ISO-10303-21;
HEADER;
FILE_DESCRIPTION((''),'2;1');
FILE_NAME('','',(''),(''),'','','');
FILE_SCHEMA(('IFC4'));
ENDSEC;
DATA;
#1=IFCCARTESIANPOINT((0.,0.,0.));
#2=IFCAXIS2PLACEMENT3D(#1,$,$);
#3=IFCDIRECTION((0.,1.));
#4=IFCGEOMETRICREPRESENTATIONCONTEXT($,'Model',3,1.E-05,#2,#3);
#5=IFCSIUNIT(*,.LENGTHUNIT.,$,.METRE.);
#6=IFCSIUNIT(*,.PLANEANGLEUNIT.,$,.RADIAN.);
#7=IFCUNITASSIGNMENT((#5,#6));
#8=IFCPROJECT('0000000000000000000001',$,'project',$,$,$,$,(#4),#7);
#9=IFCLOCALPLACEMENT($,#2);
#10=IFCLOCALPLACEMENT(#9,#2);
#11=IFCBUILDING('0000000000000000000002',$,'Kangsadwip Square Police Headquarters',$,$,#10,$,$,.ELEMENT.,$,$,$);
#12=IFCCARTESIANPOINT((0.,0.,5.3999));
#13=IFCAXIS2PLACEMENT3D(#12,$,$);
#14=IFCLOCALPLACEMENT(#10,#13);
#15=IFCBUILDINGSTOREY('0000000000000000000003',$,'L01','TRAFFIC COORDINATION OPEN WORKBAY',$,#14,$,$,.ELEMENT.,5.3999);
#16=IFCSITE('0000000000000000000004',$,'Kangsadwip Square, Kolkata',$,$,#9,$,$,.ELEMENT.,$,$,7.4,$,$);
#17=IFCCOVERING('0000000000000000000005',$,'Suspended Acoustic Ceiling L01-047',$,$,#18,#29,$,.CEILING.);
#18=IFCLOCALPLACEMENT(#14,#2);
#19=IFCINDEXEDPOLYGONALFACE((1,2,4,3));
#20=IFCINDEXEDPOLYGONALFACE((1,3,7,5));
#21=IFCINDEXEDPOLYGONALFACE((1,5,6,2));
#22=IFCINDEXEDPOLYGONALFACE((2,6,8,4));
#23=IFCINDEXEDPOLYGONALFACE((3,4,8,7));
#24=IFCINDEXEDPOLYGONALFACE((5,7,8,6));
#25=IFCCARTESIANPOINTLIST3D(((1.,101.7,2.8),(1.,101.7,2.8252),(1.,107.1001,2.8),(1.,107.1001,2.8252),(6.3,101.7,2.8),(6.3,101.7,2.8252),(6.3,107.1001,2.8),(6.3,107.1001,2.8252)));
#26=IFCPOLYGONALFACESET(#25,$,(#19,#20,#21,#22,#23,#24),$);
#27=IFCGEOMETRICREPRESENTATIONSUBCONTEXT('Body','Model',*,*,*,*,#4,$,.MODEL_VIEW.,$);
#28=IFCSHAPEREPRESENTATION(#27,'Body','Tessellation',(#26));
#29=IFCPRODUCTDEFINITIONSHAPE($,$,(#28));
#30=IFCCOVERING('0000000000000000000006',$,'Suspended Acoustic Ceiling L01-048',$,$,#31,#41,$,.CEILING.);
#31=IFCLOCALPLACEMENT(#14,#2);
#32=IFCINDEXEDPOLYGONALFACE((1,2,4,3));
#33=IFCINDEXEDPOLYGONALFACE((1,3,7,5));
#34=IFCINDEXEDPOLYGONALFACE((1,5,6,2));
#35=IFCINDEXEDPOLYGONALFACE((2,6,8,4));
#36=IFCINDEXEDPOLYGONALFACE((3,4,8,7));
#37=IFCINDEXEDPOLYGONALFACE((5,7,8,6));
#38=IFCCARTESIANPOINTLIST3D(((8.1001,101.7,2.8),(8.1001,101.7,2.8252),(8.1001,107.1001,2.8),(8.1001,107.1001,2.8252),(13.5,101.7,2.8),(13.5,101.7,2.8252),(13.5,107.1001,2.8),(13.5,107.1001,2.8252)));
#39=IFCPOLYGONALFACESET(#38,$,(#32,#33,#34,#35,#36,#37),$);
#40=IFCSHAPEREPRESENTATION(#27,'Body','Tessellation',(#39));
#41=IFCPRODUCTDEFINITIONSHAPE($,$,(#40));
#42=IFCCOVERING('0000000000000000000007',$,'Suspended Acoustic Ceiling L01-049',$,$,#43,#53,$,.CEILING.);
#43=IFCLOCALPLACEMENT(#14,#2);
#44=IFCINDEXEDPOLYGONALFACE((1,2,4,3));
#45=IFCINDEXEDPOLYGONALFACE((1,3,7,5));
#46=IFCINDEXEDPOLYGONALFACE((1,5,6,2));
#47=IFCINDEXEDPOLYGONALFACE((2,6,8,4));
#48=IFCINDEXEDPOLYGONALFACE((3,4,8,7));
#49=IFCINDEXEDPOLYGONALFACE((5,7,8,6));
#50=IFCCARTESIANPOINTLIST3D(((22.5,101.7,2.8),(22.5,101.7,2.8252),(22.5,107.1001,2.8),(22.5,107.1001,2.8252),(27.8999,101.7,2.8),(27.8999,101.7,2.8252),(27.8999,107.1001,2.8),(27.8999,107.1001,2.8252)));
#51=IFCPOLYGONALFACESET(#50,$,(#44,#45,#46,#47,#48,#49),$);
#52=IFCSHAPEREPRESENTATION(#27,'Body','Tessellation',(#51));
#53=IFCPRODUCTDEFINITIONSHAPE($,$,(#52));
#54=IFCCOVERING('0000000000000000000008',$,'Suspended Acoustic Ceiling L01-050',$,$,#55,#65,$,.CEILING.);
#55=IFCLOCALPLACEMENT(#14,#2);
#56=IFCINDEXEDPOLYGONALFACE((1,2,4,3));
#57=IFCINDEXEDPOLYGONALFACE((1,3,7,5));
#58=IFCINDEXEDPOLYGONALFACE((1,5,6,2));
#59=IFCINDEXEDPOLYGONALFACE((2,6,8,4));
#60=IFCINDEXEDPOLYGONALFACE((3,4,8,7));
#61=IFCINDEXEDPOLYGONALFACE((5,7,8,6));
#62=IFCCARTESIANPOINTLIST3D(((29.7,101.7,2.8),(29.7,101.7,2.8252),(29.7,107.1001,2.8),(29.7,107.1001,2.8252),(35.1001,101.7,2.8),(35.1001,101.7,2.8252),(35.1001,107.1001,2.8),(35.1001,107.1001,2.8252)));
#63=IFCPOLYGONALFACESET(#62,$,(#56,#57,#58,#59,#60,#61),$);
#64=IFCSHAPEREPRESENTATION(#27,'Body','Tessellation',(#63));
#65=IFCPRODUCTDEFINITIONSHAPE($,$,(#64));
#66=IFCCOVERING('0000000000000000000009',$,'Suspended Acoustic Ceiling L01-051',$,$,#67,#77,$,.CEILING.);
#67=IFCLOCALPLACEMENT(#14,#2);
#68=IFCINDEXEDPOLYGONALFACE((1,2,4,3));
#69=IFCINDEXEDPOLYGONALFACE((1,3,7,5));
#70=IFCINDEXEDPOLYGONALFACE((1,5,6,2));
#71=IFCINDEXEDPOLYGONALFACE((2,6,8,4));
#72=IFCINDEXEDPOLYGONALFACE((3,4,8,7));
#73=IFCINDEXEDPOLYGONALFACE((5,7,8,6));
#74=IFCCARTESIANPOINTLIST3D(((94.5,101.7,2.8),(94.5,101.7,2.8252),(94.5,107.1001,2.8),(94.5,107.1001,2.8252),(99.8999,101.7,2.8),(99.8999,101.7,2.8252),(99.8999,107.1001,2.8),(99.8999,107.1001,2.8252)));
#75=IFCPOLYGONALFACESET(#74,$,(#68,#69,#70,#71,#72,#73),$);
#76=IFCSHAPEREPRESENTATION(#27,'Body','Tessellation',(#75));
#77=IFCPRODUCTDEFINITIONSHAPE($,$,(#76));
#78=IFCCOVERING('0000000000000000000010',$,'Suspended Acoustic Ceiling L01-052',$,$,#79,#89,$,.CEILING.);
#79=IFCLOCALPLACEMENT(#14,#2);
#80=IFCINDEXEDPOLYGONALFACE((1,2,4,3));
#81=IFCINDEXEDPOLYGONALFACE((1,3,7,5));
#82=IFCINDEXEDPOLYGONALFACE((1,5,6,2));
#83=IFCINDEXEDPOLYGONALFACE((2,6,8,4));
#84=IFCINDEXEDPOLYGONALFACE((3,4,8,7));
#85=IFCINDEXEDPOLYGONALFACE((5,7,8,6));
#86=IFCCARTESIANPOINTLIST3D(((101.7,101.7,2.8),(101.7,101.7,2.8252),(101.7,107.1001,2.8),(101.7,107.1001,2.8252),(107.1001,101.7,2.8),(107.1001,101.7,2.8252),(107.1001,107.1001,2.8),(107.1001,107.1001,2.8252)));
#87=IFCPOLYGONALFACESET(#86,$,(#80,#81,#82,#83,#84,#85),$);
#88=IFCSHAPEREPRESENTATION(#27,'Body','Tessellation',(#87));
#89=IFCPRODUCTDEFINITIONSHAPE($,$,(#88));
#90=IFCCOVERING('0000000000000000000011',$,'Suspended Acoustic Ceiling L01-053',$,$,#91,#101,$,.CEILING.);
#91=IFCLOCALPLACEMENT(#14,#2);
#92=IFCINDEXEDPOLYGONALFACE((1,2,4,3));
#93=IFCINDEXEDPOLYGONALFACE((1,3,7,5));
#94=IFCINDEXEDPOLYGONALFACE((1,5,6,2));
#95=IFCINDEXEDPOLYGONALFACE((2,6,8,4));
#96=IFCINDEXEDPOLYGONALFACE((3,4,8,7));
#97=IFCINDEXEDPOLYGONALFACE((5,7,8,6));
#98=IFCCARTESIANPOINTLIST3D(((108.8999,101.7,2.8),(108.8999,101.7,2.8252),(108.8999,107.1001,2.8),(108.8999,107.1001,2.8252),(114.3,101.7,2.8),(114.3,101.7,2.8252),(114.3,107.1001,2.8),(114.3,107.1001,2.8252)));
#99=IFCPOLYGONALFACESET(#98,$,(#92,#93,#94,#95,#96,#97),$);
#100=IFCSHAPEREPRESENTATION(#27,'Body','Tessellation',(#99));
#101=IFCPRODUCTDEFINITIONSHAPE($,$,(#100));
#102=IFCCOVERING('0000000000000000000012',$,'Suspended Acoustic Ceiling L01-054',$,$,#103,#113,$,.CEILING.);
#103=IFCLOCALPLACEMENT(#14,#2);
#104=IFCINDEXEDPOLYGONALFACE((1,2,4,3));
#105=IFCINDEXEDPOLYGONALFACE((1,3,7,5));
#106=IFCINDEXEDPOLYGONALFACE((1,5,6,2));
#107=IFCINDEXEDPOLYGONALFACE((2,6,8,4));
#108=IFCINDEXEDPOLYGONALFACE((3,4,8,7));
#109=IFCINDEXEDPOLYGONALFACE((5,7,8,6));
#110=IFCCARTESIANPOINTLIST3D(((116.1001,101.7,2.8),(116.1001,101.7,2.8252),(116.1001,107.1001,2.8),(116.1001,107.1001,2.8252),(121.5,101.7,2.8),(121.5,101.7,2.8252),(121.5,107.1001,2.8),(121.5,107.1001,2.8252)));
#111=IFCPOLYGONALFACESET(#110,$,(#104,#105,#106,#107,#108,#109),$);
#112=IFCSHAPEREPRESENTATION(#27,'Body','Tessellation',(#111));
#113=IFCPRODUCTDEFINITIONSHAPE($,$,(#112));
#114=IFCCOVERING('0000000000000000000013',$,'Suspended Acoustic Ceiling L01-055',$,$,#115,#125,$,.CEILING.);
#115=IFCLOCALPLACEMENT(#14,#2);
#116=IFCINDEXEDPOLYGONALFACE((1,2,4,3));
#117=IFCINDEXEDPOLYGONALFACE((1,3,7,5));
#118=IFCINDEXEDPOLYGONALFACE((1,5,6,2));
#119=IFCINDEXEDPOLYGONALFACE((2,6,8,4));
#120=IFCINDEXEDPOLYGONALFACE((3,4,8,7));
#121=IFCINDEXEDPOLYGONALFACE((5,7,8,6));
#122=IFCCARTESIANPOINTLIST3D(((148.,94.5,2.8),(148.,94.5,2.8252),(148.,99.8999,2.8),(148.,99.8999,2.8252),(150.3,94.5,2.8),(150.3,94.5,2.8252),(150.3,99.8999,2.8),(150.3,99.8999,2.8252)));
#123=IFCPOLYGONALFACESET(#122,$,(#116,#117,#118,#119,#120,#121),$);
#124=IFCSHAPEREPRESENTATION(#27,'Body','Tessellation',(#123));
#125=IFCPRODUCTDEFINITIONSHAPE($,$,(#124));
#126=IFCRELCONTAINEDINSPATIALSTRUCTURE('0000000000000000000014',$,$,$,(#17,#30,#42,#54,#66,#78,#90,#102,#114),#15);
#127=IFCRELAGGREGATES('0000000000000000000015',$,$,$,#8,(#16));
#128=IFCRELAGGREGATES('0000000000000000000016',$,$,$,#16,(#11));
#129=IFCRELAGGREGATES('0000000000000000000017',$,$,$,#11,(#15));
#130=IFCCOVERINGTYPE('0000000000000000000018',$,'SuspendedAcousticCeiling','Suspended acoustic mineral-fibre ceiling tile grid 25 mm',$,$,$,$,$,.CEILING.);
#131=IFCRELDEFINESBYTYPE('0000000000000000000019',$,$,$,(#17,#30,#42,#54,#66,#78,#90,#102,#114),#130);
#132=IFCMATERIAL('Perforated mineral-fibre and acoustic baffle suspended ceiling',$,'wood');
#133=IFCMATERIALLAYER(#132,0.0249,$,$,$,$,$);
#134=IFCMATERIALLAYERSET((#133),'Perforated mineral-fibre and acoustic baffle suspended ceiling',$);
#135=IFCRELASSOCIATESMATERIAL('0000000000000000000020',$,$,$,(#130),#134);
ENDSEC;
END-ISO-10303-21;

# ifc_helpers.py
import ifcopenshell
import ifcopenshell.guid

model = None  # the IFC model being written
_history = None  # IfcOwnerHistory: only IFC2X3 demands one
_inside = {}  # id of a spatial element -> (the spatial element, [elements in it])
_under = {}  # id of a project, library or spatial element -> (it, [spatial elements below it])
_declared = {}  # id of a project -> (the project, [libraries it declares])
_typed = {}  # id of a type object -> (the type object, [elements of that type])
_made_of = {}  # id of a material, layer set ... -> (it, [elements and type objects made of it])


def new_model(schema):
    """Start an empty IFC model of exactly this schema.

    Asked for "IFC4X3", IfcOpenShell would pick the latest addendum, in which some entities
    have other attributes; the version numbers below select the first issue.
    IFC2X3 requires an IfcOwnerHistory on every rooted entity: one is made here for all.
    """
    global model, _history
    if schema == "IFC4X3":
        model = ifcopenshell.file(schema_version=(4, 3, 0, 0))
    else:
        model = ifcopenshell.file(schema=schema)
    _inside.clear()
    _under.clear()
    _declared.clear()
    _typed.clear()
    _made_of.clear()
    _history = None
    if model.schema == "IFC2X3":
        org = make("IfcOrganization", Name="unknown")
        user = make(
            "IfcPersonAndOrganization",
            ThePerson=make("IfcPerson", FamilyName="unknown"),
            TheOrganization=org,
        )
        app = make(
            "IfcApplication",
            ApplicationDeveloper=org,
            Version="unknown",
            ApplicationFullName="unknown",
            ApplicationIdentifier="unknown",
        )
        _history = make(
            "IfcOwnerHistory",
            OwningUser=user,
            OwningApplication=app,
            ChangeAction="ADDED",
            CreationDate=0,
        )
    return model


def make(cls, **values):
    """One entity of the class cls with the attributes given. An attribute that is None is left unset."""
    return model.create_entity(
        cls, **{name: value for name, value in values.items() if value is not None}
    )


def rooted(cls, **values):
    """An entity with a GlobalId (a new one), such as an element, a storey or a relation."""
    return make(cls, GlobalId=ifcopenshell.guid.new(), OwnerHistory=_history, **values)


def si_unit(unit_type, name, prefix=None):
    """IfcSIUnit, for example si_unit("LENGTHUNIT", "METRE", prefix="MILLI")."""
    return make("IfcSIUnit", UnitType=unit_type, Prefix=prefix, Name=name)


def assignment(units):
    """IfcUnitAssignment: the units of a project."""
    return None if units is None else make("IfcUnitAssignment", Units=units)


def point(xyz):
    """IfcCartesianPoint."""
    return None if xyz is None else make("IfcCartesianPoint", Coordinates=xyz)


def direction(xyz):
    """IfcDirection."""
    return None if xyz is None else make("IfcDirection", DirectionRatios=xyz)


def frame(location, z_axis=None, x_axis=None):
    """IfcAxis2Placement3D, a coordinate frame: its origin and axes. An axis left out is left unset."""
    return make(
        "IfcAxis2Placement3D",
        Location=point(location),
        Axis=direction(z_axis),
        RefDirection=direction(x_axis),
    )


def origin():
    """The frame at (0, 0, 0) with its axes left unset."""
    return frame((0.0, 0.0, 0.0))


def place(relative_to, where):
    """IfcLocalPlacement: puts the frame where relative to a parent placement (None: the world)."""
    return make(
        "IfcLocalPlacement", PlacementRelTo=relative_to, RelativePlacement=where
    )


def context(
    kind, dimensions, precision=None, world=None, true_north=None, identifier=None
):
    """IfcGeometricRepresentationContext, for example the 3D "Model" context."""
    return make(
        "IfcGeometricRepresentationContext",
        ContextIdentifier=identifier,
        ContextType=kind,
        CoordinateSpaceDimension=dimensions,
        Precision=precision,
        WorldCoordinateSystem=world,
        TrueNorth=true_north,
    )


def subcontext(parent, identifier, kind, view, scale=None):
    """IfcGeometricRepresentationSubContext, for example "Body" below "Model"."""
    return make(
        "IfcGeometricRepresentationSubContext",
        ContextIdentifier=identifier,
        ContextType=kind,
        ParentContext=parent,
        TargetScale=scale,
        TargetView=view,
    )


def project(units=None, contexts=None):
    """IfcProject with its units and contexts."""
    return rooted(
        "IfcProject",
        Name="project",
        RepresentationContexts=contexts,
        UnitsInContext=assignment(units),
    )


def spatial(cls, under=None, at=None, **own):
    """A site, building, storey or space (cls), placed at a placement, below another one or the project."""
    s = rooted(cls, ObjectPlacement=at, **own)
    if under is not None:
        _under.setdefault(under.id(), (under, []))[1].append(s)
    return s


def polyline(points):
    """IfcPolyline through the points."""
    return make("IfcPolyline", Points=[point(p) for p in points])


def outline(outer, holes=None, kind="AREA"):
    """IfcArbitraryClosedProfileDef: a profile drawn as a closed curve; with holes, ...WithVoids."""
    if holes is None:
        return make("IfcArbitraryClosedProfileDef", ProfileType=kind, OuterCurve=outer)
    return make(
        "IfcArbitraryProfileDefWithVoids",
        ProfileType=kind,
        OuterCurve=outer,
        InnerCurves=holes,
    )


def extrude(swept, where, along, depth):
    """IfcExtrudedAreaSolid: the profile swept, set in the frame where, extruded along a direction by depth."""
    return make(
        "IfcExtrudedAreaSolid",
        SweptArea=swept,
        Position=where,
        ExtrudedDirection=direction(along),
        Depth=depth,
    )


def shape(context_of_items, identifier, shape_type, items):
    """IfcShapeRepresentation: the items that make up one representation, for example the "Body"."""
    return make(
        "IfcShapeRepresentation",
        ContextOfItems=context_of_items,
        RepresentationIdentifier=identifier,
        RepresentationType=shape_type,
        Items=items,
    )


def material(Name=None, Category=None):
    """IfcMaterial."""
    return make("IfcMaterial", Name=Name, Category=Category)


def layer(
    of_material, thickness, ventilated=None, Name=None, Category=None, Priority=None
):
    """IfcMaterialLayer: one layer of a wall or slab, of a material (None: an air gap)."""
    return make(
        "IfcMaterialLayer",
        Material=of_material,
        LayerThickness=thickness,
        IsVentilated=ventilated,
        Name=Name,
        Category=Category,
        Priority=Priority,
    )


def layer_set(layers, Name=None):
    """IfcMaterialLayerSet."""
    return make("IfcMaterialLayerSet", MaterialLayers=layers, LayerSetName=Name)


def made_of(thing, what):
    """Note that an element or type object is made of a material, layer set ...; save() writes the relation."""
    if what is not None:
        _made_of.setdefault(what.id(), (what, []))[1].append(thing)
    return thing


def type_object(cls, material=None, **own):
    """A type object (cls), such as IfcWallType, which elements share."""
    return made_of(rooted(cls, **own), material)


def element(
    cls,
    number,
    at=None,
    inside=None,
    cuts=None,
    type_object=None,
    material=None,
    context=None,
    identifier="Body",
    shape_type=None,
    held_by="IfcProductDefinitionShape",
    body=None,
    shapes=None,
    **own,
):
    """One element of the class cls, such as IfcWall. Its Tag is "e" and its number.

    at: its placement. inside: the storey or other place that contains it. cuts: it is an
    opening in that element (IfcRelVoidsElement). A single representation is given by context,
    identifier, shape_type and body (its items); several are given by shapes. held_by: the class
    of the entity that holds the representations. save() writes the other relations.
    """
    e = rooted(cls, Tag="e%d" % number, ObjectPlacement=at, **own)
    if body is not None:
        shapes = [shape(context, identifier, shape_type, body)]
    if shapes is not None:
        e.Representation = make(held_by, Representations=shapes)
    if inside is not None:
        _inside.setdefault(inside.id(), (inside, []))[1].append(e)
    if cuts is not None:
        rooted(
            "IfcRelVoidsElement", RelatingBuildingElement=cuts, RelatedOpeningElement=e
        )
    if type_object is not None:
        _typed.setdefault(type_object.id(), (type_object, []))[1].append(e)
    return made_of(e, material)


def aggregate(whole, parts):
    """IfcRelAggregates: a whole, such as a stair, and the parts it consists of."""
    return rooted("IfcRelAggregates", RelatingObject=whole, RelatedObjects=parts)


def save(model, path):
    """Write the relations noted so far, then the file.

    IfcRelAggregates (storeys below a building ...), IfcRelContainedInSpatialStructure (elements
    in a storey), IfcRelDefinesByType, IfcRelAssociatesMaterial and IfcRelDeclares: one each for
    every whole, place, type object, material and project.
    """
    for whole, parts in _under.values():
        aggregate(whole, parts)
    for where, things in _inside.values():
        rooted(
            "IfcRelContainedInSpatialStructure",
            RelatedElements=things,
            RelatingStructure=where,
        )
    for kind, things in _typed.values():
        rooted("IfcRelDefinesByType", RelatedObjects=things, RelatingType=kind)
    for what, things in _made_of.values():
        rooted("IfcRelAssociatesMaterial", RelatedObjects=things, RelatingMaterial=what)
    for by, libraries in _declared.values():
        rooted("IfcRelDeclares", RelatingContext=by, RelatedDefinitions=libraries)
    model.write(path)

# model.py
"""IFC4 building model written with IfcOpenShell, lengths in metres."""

from ifc_helpers import new_model, si_unit, direction, frame, origin, place, context, subcontext, project, spatial, polyline, outline, extrude, material, layer, layer_set, type_object, element, save


model = new_model("IFC4")

# Units and contexts
model_context = context("Model", 3, precision=1e-05, world=origin(), true_north=direction((0.0, 1.0)))
body_context = subcontext(model_context, "Body", "Model", "MODEL_VIEW")
ifc_project = project(units=[si_unit("LENGTHUNIT", "METRE"), si_unit("PLANEANGLEUNIT", "RADIAN")], contexts=[model_context])

# Site, building, storey
site_placement = place(None, origin())
site = spatial("IfcSite", under=ifc_project, at=site_placement, Name="Kangsadwip Square, Kolkata", CompositionType="ELEMENT", RefElevation=7.4)
building_placement = place(site_placement, origin())
building = spatial("IfcBuilding", under=site, at=building_placement, Name="Kangsadwip Square Police Headquarters", CompositionType="ELEMENT")
storey_placement = place(building_placement, frame((0.0, 0.0, 5.3999)))
storey = spatial("IfcBuildingStorey", under=building, at=storey_placement, Name="L01", Description="TRAFFIC COORDINATION OPEN WORKBAY", CompositionType="ELEMENT", Elevation=5.3999)

# Coverings
ifc_material_1 = material(Name="Perforated mineral-fibre and acoustic baffle suspended ceiling", Category="wood")
ifc_layer_1 = layer(ifc_material_1, 0.0249)
ifc_layer_set_1 = layer_set([ifc_layer_1], Name="Perforated mineral-fibre and acoustic baffle suspended ceiling")
covering_type_1 = type_object("IfcCoveringType", Name="SuspendedAcousticCeiling", Description="Suspended acoustic mineral-fibre ceiling tile grid 25 mm", PredefinedType="CEILING", material=ifc_layer_set_1)
covering_1_placement = place(storey_placement, frame((0.0, 0.0, 2.8)))
element("IfcCovering", 1, at=covering_1_placement, inside=storey, type_object=covering_type_1, Name="Suspended Acoustic Ceiling L01-047", PredefinedType="CEILING", context=body_context, shape_type="SweptSolid", body=[
    extrude(outline(polyline([(1.0, 101.7), (6.3, 101.7), (6.3, 107.1001), (1.0, 107.1001), (1.0, 101.7)])), origin(), (0.0, 0.0, 1.0), 0.0251),
])
covering_2_placement = place(storey_placement, frame((0.0, 0.0, 2.8)))
element("IfcCovering", 2, at=covering_2_placement, inside=storey, type_object=covering_type_1, Name="Suspended Acoustic Ceiling L01-048", PredefinedType="CEILING", context=body_context, shape_type="SweptSolid", body=[
    extrude(outline(polyline([(8.1001, 101.7), (13.5, 101.7), (13.5, 107.1001), (8.1001, 107.1001), (8.1001, 101.7)])), origin(), (0.0, 0.0, 1.0), 0.0251),
])
covering_3_placement = place(storey_placement, frame((0.0, 0.0, 2.8)))
element("IfcCovering", 3, at=covering_3_placement, inside=storey, type_object=covering_type_1, Name="Suspended Acoustic Ceiling L01-049", PredefinedType="CEILING", context=body_context, shape_type="SweptSolid", body=[
    extrude(outline(polyline([(22.5, 101.7), (27.8999, 101.7), (27.8999, 107.1001), (22.5, 107.1001), (22.5, 101.7)])), origin(), (0.0, 0.0, 1.0), 0.0251),
])
covering_4_placement = place(storey_placement, frame((0.0, 0.0, 2.8)))
element("IfcCovering", 4, at=covering_4_placement, inside=storey, type_object=covering_type_1, Name="Suspended Acoustic Ceiling L01-050", PredefinedType="CEILING", context=body_context, shape_type="SweptSolid", body=[
    extrude(outline(polyline([(29.7, 101.7), (35.1001, 101.7), (35.1001, 107.1001), (29.7, 107.1001), (29.7, 101.7)])), origin(), (0.0, 0.0, 1.0), 0.0251),
])
covering_5_placement = place(storey_placement, frame((0.0, 0.0, 2.8)))
element("IfcCovering", 5, at=covering_5_placement, inside=storey, type_object=covering_type_1, Name="Suspended Acoustic Ceiling L01-051", PredefinedType="CEILING", context=body_context, shape_type="SweptSolid", body=[
    extrude(outline(polyline([(94.5, 101.7), (99.8999, 101.7), (99.8999, 107.1001), (94.5, 107.1001), (94.5, 101.7)])), origin(), (0.0, 0.0, 1.0), 0.0251),
])
covering_6_placement = place(storey_placement, frame((0.0, 0.0, 2.8)))
element("IfcCovering", 6, at=covering_6_placement, inside=storey, type_object=covering_type_1, Name="Suspended Acoustic Ceiling L01-052", PredefinedType="CEILING", context=body_context, shape_type="SweptSolid", body=[
    extrude(outline(polyline([(101.7, 101.7), (107.1001, 101.7), (107.1001, 107.1001), (101.7, 107.1001), (101.7, 101.7)])), origin(), (0.0, 0.0, 1.0), 0.0251),
])
covering_7_placement = place(storey_placement, frame((0.0, 0.0, 2.8)))
element("IfcCovering", 7, at=covering_7_placement, inside=storey, type_object=covering_type_1, Name="Suspended Acoustic Ceiling L01-053", PredefinedType="CEILING", context=body_context, shape_type="SweptSolid", body=[
    extrude(outline(polyline([(108.8999, 101.7), (114.3, 101.7), (114.3, 107.1001), (108.8999, 107.1001), (108.8999, 101.7)])), origin(), (0.0, 0.0, 1.0), 0.0251),
])
covering_8_placement = place(storey_placement, frame((0.0, 0.0, 2.8)))
element("IfcCovering", 8, at=covering_8_placement, inside=storey, type_object=covering_type_1, Name="Suspended Acoustic Ceiling L01-054", PredefinedType="CEILING", context=body_context, shape_type="SweptSolid", body=[
    extrude(outline(polyline([(116.1001, 101.7), (121.5, 101.7), (121.5, 107.1001), (116.1001, 107.1001), (116.1001, 101.7)])), origin(), (0.0, 0.0, 1.0), 0.0251),
])
covering_9_placement = place(storey_placement, frame((0.0, 0.0, 2.8)))
element("IfcCovering", 9, at=covering_9_placement, inside=storey, type_object=covering_type_1, Name="Suspended Acoustic Ceiling L01-055", PredefinedType="CEILING", context=body_context, shape_type="SweptSolid", body=[
    extrude(outline(polyline([(148.0, 94.5), (150.3, 94.5), (150.3, 99.8999), (148.0, 99.8999), (148.0, 94.5)])), origin(), (0.0, 0.0, 1.0), 0.0251),
])

save(model, "model.ifc")
